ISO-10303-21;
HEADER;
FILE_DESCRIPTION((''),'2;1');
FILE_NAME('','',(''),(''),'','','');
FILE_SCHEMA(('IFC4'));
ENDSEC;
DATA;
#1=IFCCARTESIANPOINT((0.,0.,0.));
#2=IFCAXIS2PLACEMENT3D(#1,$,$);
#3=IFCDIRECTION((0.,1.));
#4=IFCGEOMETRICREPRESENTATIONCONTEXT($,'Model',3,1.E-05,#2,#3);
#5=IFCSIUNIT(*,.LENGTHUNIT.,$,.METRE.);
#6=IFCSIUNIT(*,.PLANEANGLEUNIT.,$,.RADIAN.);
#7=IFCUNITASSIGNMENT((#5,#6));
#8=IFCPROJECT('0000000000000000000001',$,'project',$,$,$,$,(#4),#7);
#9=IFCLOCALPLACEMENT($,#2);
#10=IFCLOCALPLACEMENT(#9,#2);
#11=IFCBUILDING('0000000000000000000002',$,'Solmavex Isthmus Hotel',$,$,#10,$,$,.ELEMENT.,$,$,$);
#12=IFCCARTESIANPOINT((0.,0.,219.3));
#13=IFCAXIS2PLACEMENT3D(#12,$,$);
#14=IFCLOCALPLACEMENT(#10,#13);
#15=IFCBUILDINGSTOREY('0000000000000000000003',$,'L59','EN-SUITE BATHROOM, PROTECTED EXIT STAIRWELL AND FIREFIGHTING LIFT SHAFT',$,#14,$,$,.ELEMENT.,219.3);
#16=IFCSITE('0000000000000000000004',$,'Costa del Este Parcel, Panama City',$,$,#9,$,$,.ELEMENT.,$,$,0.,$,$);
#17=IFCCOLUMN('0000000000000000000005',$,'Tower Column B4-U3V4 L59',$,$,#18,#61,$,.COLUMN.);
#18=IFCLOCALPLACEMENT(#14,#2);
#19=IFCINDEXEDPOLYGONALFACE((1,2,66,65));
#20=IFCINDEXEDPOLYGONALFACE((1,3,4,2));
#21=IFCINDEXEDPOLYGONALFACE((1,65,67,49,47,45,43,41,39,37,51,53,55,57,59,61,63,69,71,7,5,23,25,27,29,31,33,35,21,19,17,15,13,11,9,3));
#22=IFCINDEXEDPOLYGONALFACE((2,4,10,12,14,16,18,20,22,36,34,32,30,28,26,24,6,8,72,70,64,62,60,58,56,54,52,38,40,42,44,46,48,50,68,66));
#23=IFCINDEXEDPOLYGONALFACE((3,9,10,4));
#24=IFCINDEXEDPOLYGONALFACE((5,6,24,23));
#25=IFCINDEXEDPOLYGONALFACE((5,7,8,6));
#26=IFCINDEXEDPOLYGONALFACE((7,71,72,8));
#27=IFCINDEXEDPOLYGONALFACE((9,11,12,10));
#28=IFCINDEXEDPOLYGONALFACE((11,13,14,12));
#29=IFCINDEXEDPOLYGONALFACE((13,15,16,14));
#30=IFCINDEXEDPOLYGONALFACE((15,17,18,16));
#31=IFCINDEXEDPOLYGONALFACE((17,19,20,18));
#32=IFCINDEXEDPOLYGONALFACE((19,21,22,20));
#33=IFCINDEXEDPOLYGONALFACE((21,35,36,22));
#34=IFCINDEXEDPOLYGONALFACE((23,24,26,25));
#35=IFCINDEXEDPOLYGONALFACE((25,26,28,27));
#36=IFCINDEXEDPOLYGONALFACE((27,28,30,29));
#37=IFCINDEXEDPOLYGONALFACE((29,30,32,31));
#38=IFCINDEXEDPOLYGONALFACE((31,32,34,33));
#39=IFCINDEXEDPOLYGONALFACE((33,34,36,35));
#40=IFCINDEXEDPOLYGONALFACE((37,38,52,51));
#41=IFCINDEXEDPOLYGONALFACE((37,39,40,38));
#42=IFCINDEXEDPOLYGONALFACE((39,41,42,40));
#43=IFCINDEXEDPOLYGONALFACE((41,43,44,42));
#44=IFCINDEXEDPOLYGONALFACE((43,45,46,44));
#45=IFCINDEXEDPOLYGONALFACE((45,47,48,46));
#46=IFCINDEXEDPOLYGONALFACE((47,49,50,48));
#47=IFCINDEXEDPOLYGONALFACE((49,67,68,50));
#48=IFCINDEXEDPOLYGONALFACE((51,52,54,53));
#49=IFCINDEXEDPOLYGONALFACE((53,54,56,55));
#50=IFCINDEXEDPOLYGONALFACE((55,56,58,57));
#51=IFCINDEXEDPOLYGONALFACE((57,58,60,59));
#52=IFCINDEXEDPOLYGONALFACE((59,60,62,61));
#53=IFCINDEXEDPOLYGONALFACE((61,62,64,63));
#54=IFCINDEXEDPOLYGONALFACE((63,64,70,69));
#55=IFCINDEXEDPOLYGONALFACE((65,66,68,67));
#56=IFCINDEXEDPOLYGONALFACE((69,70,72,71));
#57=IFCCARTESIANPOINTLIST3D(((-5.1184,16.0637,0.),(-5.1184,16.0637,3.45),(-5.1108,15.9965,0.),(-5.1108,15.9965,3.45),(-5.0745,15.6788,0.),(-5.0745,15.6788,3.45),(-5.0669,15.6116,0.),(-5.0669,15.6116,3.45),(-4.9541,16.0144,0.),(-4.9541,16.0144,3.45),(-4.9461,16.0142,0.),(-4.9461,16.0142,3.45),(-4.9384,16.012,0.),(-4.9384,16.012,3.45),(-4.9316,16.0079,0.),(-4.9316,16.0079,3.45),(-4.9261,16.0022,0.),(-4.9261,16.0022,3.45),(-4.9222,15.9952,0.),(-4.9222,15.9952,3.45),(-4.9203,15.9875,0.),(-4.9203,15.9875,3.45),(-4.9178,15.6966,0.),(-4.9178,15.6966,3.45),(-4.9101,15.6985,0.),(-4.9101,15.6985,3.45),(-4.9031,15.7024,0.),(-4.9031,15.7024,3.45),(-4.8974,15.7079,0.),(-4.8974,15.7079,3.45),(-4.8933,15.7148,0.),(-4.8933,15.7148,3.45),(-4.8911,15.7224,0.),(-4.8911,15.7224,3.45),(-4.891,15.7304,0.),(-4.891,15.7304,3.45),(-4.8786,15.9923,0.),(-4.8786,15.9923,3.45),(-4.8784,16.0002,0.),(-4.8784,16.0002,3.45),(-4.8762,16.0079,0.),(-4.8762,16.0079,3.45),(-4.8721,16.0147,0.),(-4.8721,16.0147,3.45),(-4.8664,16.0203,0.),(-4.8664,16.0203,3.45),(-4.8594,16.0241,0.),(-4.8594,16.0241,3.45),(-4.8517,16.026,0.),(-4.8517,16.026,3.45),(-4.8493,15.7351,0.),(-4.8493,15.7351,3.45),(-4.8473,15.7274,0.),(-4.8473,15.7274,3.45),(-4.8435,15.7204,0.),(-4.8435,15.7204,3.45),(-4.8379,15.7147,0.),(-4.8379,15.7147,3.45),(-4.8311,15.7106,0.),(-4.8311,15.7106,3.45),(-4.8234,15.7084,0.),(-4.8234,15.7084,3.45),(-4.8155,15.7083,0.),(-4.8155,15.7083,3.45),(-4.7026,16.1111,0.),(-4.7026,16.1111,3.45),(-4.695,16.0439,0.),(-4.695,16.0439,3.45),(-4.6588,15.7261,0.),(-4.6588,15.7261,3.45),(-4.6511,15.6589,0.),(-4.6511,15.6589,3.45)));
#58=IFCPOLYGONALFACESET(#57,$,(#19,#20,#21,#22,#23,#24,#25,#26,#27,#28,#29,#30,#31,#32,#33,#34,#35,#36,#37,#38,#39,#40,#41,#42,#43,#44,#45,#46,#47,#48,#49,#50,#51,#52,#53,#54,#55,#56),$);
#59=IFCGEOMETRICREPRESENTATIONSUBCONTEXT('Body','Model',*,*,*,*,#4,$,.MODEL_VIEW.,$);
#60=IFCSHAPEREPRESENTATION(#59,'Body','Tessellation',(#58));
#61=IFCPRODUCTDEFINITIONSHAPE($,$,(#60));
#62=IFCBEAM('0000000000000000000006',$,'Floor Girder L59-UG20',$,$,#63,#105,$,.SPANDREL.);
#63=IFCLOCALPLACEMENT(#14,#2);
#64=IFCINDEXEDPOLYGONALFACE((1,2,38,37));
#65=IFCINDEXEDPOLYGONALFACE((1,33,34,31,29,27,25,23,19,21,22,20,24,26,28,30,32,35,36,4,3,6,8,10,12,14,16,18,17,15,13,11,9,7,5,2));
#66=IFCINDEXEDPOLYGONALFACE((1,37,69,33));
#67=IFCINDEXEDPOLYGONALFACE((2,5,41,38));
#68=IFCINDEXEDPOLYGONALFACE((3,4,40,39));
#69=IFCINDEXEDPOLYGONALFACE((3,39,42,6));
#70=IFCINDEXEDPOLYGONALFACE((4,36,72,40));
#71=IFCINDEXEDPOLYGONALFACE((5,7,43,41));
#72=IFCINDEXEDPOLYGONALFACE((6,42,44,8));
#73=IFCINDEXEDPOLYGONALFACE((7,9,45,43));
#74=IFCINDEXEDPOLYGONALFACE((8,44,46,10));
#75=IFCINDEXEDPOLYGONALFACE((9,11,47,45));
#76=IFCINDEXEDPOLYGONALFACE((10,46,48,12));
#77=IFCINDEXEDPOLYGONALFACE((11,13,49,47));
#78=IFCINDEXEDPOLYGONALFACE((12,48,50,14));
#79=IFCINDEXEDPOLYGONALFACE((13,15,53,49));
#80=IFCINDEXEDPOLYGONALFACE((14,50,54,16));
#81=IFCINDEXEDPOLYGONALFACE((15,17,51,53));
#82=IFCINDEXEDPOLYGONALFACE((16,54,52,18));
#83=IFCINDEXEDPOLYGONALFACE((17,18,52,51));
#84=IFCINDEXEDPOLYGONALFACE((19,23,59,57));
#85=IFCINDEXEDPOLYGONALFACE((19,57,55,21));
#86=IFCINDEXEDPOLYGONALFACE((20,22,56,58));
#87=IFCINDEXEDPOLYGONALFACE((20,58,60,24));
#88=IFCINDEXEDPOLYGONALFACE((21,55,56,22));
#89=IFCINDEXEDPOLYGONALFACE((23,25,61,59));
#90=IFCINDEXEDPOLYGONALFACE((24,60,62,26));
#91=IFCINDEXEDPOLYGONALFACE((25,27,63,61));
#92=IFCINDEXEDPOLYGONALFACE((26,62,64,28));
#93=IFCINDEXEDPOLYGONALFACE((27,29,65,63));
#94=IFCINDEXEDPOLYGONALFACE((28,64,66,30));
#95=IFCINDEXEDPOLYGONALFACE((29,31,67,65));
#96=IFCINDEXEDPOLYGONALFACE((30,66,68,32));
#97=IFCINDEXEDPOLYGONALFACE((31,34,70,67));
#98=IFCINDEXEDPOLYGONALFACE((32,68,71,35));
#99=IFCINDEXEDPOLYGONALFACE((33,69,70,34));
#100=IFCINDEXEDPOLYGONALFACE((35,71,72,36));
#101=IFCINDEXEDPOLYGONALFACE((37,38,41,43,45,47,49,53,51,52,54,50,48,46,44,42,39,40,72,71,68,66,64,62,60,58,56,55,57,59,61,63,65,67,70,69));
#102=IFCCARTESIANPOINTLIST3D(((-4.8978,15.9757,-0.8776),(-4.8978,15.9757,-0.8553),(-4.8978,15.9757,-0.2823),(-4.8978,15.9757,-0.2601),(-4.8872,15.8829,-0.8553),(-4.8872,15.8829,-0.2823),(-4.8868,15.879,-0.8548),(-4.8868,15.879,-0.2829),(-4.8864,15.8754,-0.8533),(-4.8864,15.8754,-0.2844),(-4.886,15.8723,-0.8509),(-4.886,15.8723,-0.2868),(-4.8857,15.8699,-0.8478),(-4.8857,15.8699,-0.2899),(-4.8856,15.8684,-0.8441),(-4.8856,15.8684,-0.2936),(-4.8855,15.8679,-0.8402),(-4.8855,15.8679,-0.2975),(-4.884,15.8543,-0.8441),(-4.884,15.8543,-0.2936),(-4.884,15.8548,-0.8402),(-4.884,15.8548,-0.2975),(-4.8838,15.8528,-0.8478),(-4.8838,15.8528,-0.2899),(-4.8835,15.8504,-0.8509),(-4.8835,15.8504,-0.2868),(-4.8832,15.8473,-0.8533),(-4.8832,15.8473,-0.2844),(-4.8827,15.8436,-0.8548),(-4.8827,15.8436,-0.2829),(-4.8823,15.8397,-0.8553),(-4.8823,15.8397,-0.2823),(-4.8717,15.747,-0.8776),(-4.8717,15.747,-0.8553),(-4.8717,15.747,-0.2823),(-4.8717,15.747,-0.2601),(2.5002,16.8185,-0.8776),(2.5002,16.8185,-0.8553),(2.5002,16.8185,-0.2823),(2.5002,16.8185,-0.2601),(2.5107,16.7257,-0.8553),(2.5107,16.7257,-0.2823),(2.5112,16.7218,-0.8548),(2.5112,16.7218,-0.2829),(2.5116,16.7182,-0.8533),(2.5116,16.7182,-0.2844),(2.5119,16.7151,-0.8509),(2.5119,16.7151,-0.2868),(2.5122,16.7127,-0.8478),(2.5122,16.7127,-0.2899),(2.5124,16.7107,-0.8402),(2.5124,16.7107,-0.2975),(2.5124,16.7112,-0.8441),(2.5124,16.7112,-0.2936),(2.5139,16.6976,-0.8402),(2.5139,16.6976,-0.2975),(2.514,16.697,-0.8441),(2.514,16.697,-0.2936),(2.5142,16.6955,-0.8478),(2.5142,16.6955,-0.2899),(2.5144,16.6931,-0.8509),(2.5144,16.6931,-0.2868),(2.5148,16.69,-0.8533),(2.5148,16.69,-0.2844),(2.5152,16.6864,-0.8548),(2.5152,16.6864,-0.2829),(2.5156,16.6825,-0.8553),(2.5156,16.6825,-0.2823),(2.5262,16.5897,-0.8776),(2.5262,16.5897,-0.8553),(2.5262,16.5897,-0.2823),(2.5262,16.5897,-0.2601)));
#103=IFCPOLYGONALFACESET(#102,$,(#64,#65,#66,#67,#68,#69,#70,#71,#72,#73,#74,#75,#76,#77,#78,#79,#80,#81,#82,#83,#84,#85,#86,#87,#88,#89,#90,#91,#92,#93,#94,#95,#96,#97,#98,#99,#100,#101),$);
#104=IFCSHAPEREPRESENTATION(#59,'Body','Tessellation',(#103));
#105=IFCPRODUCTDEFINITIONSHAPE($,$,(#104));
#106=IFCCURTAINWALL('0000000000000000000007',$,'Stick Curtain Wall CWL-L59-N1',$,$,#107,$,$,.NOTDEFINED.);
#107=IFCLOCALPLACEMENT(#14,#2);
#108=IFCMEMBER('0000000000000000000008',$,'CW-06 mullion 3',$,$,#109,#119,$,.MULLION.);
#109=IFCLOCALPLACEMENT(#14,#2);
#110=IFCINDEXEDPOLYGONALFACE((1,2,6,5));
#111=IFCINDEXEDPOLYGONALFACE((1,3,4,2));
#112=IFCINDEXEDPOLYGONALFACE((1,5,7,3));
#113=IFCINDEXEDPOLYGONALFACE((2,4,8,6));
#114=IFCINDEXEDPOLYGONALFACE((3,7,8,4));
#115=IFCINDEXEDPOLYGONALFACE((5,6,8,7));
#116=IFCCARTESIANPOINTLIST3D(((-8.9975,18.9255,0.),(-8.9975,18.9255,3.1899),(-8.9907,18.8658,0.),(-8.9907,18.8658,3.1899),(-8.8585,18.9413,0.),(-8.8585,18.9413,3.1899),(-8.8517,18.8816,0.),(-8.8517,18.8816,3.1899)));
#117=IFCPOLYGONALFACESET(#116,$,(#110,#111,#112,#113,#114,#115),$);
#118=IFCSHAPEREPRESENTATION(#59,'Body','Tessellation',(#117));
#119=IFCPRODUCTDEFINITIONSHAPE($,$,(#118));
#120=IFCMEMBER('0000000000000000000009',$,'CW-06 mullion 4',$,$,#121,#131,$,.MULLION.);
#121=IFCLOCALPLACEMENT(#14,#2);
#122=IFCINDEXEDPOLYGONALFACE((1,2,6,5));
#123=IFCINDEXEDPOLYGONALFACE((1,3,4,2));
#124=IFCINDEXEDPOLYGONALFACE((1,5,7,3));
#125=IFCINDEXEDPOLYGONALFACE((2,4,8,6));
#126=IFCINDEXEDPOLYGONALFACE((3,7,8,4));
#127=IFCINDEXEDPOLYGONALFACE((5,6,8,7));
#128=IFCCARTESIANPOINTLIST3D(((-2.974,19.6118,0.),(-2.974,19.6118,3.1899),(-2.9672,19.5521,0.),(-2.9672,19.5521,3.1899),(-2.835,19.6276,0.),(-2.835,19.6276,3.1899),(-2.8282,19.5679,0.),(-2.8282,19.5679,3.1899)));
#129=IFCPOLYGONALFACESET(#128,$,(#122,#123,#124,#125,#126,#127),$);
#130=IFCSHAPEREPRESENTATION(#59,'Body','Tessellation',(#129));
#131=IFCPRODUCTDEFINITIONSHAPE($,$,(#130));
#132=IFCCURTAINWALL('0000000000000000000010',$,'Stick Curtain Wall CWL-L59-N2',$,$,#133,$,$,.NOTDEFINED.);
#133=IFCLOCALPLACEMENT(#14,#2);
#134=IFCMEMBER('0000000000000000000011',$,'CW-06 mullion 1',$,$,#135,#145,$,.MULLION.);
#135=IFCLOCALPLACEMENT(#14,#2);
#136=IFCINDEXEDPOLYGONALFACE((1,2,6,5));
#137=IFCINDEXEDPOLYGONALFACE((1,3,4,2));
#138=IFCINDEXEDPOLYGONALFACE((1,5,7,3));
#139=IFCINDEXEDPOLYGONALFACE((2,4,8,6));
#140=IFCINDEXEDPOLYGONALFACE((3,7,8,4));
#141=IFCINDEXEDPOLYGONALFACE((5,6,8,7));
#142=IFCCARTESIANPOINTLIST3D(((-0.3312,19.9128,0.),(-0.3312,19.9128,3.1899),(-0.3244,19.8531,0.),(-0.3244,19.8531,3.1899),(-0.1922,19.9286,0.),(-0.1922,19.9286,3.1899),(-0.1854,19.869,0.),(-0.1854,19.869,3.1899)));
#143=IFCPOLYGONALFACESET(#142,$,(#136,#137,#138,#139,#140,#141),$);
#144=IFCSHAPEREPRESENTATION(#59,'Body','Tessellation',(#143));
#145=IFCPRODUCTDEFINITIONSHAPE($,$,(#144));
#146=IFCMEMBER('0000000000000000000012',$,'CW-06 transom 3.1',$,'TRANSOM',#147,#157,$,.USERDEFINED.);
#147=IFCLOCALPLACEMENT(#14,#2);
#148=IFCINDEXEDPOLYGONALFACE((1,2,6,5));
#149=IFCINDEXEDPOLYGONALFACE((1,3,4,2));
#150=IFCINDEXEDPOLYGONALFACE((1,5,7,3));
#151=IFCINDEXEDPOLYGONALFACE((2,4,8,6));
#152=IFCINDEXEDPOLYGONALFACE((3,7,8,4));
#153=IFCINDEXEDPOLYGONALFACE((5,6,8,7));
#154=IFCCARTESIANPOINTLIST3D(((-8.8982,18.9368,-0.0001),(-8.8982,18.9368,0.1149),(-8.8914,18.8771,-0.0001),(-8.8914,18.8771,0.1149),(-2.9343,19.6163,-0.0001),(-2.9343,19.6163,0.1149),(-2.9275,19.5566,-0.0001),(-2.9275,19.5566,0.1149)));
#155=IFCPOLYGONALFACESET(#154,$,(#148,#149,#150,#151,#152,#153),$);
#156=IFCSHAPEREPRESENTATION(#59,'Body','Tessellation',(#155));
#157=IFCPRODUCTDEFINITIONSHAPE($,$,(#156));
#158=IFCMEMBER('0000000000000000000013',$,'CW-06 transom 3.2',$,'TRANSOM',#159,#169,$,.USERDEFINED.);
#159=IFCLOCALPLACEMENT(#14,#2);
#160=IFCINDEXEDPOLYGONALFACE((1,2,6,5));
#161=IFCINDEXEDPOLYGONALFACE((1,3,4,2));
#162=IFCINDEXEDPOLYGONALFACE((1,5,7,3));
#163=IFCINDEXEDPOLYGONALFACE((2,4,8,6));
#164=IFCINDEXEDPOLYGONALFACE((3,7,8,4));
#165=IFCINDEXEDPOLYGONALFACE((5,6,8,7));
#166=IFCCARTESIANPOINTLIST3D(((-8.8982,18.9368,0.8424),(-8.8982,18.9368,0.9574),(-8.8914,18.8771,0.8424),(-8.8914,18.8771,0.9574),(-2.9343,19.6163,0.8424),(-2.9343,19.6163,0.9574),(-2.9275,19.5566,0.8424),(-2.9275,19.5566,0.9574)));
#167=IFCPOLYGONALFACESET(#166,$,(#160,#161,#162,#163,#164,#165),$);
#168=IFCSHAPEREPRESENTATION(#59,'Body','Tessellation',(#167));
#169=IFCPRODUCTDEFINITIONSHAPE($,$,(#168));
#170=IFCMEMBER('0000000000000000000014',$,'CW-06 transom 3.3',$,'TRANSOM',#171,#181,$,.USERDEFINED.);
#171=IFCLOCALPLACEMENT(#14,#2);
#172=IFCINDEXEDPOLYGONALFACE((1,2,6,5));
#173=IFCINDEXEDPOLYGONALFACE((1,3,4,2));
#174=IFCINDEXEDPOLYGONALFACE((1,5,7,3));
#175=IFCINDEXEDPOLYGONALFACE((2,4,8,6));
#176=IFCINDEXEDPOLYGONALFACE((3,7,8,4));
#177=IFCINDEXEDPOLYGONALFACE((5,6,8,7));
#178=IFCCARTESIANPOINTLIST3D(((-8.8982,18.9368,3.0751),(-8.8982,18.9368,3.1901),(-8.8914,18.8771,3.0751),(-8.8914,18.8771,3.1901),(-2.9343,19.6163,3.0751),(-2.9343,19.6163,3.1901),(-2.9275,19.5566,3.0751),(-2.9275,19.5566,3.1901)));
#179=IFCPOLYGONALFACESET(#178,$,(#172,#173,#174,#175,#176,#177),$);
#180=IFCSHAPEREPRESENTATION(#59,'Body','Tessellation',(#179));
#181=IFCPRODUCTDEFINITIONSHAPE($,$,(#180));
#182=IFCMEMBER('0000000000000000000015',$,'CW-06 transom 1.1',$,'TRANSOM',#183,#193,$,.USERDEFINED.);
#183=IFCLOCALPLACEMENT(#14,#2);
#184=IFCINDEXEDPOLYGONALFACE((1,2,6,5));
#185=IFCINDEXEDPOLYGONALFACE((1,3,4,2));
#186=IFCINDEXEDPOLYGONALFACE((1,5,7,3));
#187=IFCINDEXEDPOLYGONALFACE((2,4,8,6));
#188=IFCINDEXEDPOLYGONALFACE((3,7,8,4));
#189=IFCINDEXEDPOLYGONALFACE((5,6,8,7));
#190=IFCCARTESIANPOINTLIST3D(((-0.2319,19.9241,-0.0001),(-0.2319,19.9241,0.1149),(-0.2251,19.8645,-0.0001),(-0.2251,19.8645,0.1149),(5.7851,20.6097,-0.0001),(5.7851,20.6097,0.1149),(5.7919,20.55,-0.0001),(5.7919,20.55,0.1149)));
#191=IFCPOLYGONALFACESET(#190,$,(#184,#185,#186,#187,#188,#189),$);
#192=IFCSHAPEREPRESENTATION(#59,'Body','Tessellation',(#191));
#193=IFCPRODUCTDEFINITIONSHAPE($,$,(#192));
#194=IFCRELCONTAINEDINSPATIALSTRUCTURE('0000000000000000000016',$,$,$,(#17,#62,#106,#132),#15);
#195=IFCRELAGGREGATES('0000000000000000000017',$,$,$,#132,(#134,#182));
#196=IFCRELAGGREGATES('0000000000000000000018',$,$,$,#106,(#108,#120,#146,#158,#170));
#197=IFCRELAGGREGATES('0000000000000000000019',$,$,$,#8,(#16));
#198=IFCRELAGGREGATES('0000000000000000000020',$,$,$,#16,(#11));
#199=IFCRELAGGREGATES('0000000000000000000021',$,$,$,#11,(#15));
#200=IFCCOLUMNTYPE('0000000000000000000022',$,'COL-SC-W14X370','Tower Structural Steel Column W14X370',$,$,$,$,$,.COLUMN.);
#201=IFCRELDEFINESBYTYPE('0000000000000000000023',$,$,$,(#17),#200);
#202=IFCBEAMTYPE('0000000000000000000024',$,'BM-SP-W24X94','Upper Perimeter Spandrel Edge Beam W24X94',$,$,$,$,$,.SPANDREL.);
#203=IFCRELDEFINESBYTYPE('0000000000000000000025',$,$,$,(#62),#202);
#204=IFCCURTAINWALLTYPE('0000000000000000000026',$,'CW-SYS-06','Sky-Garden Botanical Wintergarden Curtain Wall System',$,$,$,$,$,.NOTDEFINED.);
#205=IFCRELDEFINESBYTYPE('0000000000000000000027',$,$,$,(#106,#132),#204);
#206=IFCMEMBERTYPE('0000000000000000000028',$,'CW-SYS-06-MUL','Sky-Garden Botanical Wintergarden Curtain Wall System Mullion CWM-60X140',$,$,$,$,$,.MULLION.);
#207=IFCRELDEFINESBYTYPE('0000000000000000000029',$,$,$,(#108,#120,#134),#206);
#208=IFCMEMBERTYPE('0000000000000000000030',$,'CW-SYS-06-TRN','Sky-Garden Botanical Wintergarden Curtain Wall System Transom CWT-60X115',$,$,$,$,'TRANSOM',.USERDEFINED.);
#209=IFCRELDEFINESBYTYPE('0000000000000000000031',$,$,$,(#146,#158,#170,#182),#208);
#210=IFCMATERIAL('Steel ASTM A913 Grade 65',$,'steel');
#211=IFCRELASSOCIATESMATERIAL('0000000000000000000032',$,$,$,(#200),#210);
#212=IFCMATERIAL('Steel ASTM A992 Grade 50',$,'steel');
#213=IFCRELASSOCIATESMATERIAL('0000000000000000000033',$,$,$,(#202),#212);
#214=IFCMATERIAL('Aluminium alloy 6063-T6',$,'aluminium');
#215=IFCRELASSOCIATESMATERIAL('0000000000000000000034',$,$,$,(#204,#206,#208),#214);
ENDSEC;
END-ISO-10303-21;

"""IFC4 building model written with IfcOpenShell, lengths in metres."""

from ifc_helpers import new_model, si_unit, direction, frame, origin, origin_2d, place, context, subcontext, project, spatial, rectangle, i_section, extrude, material, material_profile, profile_set, type_object, element, aggregate, save


model = new_model("IFC4")

# Units and contexts
model_context = context("Model", 3, precision=1e-05, world=origin(), true_north=direction((0.0, 1.0)))
body_context = subcontext(model_context, "Body", "Model", "MODEL_VIEW")
ifc_project = project(units=[si_unit("LENGTHUNIT", "METRE"), si_unit("PLANEANGLEUNIT", "RADIAN")], contexts=[model_context])

# Site, building, storey
site_placement = place(None, origin())
site = spatial("IfcSite", under=ifc_project, at=site_placement, Name="Costa del Este Parcel, Panama City", CompositionType="ELEMENT", RefElevation=0.0)
building_placement = place(site_placement, origin())
building = spatial("IfcBuilding", under=site, at=building_placement, Name="Solmavex Isthmus Hotel", CompositionType="ELEMENT")
storey_placement = place(building_placement, frame((0.0, 0.0, 219.3)))
storey = spatial("IfcBuildingStorey", under=building, at=storey_placement, Name="L59", Description="EN-SUITE BATHROOM, PROTECTED EXIT STAIRWELL AND FIREFIGHTING LIFT SHAFT", CompositionType="ELEMENT", Elevation=219.3)

# Column
ifc_material_1 = material(Name="Steel ASTM A913 Grade 65", Category="steel")
ifc_material_profile_1 = material_profile(ifc_material_1, i_section(OverallWidth=0.4185, OverallDepth=0.4551, WebThickness=0.042, FlangeThickness=0.0676, FilletRadius=0.0305, at=origin_2d()), Name="W14X370")
ifc_profile_set_1 = profile_set([ifc_material_profile_1], Name="Steel ASTM A913 Grade 65")
column_type = type_object("IfcColumnType", Name="COL-SC-W14X370", Description="Tower Structural Steel Column W14X370", PredefinedType="COLUMN", material=ifc_profile_set_1)
column_placement = place(storey_placement, frame((-4.8848, 15.8613, 0.0), z_axis=(0.0, 0.0, 1.0), x_axis=(0.993572, 0.113203, 0.0)))
element("IfcColumn", 1, at=column_placement, inside=storey, type_object=column_type, Name="Tower Column B4-U3V4 L59", PredefinedType="COLUMN", context=body_context, shape_type="SweptSolid", body=[
    extrude(i_section(OverallWidth=0.4185, OverallDepth=0.4551, WebThickness=0.042, FlangeThickness=0.0676, FilletRadius=0.0305, at=origin_2d()), origin(), (0.0, 0.0, 1.0), 3.45),
])

# Beam
ifc_material_2 = material(Name="Steel ASTM A992 Grade 50", Category="steel")
ifc_material_profile_2 = material_profile(ifc_material_2, i_section(OverallWidth=0.2302, OverallDepth=0.6174, WebThickness=0.0132, FlangeThickness=0.0222, FilletRadius=0.0151, at=origin_2d()), Name="W24X94")
ifc_profile_set_2 = profile_set([ifc_material_profile_2], Name="Steel ASTM A992 Grade 50")
beam_type = type_object("IfcBeamType", Name="BM-SP-W24X94", Description="Upper Perimeter Spandrel Edge Beam W24X94", PredefinedType="SPANDREL", material=ifc_profile_set_2)
beam_placement = place(storey_placement, frame((-4.8848, 15.8613, -0.5688), z_axis=(0.993574, 0.113188, 0.0), x_axis=(-0.113188, 0.993574, 0.0)))
element("IfcBeam", 2, at=beam_placement, inside=storey, type_object=beam_type, Name="Floor Girder L59-UG20", PredefinedType="SPANDREL", context=body_context, shape_type="SweptSolid", body=[
    extrude(i_section(OverallWidth=0.2302, OverallDepth=0.6174, WebThickness=0.0132, FlangeThickness=0.0222, FilletRadius=0.0151, at=origin_2d()), origin(), (0.0, 0.0, 1.0), 7.4458),
])

# Curtain wall, members
ifc_material_3 = material(Name="Aluminium alloy 6063-T6", Category="aluminium")
curtain_wall_type = type_object("IfcCurtainWallType", Name="CW-SYS-06", Description="Sky-Garden Botanical Wintergarden Curtain Wall System", PredefinedType="NOTDEFINED", material=ifc_material_3)
curtain_wall_1_placement = place(storey_placement, origin())
curtain_wall_1 = element("IfcCurtainWall", 3, at=curtain_wall_1_placement, inside=storey, type_object=curtain_wall_type, Name="Stick Curtain Wall CWL-L59-N1", PredefinedType="NOTDEFINED")
ifc_material_profile_3 = material_profile(ifc_material_3, rectangle(XDim=0.0601, YDim=0.1399, at=origin_2d()), Name="CWM-60X140")
ifc_profile_set_3 = profile_set([ifc_material_profile_3], Name="Aluminium alloy 6063-T6")
member_type_1 = type_object("IfcMemberType", Name="CW-SYS-06-MUL", Description="Sky-Garden Botanical Wintergarden Curtain Wall System Mullion CWM-60X140", PredefinedType="MULLION", material=ifc_profile_set_3)
member_1_placement = place(storey_placement, frame((-8.9246, 18.9036, 0.0), z_axis=(0.0, 0.0, 1.0), x_axis=(-0.113203, 0.993572, 0.0)))
member_1 = element("IfcMember", 4, at=member_1_placement, type_object=member_type_1, Name="CW-06 mullion 3", PredefinedType="MULLION", context=body_context, shape_type="SweptSolid", body=[
    extrude(rectangle(XDim=0.0601, YDim=0.1399, at=origin_2d()), origin(), (0.0, 0.0, 1.0), 3.1899),
])
member_2_placement = place(storey_placement, frame((-2.9011, 19.5898, 0.0), z_axis=(0.0, 0.0, 1.0), x_axis=(-0.113203, 0.993572, 0.0)))
member_2 = element("IfcMember", 5, at=member_2_placement, type_object=member_type_1, Name="CW-06 mullion 4", PredefinedType="MULLION", context=body_context, shape_type="SweptSolid", body=[
    extrude(rectangle(XDim=0.0601, YDim=0.1399, at=origin_2d()), origin(), (0.0, 0.0, 1.0), 3.1899),
])

# Curtain wall, member
curtain_wall_2_placement = place(storey_placement, origin())
curtain_wall_2 = element("IfcCurtainWall", 6, at=curtain_wall_2_placement, inside=storey, type_object=curtain_wall_type, Name="Stick Curtain Wall CWL-L59-N2", PredefinedType="NOTDEFINED")
member_3_placement = place(storey_placement, frame((-0.2583, 19.8909, 0.0), z_axis=(0.0, 0.0, 1.0), x_axis=(-0.113203, 0.993572, 0.0)))
member_3 = element("IfcMember", 7, at=member_3_placement, type_object=member_type_1, Name="CW-06 mullion 1", PredefinedType="MULLION", context=body_context, shape_type="SweptSolid", body=[
    extrude(rectangle(XDim=0.0601, YDim=0.1399, at=origin_2d()), origin(), (0.0, 0.0, 1.0), 3.1899),
])

# Members
ifc_material_profile_4 = material_profile(ifc_material_3, rectangle(XDim=0.0601, YDim=0.115, at=origin_2d()), Name="CWT-60X115")
ifc_profile_set_4 = profile_set([ifc_material_profile_4], Name="Aluminium alloy 6063-T6")
member_type_2 = type_object("IfcMemberType", Name="CW-SYS-06-TRN", Description="Sky-Garden Botanical Wintergarden Curtain Wall System Transom CWT-60X115", ElementType="TRANSOM", PredefinedType="USERDEFINED", material=ifc_profile_set_4)
member_4_placement = place(storey_placement, frame((-8.8948, 18.907, 0.0574), z_axis=(0.993573, 0.113194, 0.0), x_axis=(-0.113194, 0.993573, 0.0)))
member_4 = element("IfcMember", 8, at=member_4_placement, type_object=member_type_2, Name="CW-06 transom 3.1", ObjectType="TRANSOM", PredefinedType="USERDEFINED", context=body_context, shape_type="SweptSolid", body=[
    extrude(rectangle(XDim=0.0601, YDim=0.115, at=origin_2d()), origin(), (0.0, 0.0, 1.0), 6.0024),
])
member_5_placement = place(storey_placement, frame((-8.8948, 18.907, 0.8999), z_axis=(0.993573, 0.113194, 0.0), x_axis=(-0.113194, 0.993573, 0.0)))
member_5 = element("IfcMember", 9, at=member_5_placement, type_object=member_type_2, Name="CW-06 transom 3.2", ObjectType="TRANSOM", PredefinedType="USERDEFINED", context=body_context, shape_type="SweptSolid", body=[
    extrude(rectangle(XDim=0.0601, YDim=0.115, at=origin_2d()), origin(), (0.0, 0.0, 1.0), 6.0024),
])
member_6_placement = place(storey_placement, frame((-8.8948, 18.907, 3.1326), z_axis=(0.993573, 0.113194, 0.0), x_axis=(-0.113194, 0.993573, 0.0)))
member_6 = element("IfcMember", 10, at=member_6_placement, type_object=member_type_2, Name="CW-06 transom 3.3", ObjectType="TRANSOM", PredefinedType="USERDEFINED", context=body_context, shape_type="SweptSolid", body=[
    extrude(rectangle(XDim=0.0601, YDim=0.115, at=origin_2d()), origin(), (0.0, 0.0, 1.0), 6.0024),
])
member_7_placement = place(storey_placement, frame((-0.2285, 19.8943, 0.0574), z_axis=(0.993572, 0.113201, 0.0), x_axis=(-0.113201, 0.993572, 0.0)))
member_7 = element("IfcMember", 11, at=member_7_placement, type_object=member_type_2, Name="CW-06 transom 1.1", ObjectType="TRANSOM", PredefinedType="USERDEFINED", context=body_context, shape_type="SweptSolid", body=[
    extrude(rectangle(XDim=0.0601, YDim=0.115, at=origin_2d()), origin(), (0.0, 0.0, 1.0), 6.0559),
])
aggregate(curtain_wall_2, [member_3, member_7])

aggregate(curtain_wall_1, [member_1, member_2, member_4, member_5, member_6])

save(model, "model.ifc")
